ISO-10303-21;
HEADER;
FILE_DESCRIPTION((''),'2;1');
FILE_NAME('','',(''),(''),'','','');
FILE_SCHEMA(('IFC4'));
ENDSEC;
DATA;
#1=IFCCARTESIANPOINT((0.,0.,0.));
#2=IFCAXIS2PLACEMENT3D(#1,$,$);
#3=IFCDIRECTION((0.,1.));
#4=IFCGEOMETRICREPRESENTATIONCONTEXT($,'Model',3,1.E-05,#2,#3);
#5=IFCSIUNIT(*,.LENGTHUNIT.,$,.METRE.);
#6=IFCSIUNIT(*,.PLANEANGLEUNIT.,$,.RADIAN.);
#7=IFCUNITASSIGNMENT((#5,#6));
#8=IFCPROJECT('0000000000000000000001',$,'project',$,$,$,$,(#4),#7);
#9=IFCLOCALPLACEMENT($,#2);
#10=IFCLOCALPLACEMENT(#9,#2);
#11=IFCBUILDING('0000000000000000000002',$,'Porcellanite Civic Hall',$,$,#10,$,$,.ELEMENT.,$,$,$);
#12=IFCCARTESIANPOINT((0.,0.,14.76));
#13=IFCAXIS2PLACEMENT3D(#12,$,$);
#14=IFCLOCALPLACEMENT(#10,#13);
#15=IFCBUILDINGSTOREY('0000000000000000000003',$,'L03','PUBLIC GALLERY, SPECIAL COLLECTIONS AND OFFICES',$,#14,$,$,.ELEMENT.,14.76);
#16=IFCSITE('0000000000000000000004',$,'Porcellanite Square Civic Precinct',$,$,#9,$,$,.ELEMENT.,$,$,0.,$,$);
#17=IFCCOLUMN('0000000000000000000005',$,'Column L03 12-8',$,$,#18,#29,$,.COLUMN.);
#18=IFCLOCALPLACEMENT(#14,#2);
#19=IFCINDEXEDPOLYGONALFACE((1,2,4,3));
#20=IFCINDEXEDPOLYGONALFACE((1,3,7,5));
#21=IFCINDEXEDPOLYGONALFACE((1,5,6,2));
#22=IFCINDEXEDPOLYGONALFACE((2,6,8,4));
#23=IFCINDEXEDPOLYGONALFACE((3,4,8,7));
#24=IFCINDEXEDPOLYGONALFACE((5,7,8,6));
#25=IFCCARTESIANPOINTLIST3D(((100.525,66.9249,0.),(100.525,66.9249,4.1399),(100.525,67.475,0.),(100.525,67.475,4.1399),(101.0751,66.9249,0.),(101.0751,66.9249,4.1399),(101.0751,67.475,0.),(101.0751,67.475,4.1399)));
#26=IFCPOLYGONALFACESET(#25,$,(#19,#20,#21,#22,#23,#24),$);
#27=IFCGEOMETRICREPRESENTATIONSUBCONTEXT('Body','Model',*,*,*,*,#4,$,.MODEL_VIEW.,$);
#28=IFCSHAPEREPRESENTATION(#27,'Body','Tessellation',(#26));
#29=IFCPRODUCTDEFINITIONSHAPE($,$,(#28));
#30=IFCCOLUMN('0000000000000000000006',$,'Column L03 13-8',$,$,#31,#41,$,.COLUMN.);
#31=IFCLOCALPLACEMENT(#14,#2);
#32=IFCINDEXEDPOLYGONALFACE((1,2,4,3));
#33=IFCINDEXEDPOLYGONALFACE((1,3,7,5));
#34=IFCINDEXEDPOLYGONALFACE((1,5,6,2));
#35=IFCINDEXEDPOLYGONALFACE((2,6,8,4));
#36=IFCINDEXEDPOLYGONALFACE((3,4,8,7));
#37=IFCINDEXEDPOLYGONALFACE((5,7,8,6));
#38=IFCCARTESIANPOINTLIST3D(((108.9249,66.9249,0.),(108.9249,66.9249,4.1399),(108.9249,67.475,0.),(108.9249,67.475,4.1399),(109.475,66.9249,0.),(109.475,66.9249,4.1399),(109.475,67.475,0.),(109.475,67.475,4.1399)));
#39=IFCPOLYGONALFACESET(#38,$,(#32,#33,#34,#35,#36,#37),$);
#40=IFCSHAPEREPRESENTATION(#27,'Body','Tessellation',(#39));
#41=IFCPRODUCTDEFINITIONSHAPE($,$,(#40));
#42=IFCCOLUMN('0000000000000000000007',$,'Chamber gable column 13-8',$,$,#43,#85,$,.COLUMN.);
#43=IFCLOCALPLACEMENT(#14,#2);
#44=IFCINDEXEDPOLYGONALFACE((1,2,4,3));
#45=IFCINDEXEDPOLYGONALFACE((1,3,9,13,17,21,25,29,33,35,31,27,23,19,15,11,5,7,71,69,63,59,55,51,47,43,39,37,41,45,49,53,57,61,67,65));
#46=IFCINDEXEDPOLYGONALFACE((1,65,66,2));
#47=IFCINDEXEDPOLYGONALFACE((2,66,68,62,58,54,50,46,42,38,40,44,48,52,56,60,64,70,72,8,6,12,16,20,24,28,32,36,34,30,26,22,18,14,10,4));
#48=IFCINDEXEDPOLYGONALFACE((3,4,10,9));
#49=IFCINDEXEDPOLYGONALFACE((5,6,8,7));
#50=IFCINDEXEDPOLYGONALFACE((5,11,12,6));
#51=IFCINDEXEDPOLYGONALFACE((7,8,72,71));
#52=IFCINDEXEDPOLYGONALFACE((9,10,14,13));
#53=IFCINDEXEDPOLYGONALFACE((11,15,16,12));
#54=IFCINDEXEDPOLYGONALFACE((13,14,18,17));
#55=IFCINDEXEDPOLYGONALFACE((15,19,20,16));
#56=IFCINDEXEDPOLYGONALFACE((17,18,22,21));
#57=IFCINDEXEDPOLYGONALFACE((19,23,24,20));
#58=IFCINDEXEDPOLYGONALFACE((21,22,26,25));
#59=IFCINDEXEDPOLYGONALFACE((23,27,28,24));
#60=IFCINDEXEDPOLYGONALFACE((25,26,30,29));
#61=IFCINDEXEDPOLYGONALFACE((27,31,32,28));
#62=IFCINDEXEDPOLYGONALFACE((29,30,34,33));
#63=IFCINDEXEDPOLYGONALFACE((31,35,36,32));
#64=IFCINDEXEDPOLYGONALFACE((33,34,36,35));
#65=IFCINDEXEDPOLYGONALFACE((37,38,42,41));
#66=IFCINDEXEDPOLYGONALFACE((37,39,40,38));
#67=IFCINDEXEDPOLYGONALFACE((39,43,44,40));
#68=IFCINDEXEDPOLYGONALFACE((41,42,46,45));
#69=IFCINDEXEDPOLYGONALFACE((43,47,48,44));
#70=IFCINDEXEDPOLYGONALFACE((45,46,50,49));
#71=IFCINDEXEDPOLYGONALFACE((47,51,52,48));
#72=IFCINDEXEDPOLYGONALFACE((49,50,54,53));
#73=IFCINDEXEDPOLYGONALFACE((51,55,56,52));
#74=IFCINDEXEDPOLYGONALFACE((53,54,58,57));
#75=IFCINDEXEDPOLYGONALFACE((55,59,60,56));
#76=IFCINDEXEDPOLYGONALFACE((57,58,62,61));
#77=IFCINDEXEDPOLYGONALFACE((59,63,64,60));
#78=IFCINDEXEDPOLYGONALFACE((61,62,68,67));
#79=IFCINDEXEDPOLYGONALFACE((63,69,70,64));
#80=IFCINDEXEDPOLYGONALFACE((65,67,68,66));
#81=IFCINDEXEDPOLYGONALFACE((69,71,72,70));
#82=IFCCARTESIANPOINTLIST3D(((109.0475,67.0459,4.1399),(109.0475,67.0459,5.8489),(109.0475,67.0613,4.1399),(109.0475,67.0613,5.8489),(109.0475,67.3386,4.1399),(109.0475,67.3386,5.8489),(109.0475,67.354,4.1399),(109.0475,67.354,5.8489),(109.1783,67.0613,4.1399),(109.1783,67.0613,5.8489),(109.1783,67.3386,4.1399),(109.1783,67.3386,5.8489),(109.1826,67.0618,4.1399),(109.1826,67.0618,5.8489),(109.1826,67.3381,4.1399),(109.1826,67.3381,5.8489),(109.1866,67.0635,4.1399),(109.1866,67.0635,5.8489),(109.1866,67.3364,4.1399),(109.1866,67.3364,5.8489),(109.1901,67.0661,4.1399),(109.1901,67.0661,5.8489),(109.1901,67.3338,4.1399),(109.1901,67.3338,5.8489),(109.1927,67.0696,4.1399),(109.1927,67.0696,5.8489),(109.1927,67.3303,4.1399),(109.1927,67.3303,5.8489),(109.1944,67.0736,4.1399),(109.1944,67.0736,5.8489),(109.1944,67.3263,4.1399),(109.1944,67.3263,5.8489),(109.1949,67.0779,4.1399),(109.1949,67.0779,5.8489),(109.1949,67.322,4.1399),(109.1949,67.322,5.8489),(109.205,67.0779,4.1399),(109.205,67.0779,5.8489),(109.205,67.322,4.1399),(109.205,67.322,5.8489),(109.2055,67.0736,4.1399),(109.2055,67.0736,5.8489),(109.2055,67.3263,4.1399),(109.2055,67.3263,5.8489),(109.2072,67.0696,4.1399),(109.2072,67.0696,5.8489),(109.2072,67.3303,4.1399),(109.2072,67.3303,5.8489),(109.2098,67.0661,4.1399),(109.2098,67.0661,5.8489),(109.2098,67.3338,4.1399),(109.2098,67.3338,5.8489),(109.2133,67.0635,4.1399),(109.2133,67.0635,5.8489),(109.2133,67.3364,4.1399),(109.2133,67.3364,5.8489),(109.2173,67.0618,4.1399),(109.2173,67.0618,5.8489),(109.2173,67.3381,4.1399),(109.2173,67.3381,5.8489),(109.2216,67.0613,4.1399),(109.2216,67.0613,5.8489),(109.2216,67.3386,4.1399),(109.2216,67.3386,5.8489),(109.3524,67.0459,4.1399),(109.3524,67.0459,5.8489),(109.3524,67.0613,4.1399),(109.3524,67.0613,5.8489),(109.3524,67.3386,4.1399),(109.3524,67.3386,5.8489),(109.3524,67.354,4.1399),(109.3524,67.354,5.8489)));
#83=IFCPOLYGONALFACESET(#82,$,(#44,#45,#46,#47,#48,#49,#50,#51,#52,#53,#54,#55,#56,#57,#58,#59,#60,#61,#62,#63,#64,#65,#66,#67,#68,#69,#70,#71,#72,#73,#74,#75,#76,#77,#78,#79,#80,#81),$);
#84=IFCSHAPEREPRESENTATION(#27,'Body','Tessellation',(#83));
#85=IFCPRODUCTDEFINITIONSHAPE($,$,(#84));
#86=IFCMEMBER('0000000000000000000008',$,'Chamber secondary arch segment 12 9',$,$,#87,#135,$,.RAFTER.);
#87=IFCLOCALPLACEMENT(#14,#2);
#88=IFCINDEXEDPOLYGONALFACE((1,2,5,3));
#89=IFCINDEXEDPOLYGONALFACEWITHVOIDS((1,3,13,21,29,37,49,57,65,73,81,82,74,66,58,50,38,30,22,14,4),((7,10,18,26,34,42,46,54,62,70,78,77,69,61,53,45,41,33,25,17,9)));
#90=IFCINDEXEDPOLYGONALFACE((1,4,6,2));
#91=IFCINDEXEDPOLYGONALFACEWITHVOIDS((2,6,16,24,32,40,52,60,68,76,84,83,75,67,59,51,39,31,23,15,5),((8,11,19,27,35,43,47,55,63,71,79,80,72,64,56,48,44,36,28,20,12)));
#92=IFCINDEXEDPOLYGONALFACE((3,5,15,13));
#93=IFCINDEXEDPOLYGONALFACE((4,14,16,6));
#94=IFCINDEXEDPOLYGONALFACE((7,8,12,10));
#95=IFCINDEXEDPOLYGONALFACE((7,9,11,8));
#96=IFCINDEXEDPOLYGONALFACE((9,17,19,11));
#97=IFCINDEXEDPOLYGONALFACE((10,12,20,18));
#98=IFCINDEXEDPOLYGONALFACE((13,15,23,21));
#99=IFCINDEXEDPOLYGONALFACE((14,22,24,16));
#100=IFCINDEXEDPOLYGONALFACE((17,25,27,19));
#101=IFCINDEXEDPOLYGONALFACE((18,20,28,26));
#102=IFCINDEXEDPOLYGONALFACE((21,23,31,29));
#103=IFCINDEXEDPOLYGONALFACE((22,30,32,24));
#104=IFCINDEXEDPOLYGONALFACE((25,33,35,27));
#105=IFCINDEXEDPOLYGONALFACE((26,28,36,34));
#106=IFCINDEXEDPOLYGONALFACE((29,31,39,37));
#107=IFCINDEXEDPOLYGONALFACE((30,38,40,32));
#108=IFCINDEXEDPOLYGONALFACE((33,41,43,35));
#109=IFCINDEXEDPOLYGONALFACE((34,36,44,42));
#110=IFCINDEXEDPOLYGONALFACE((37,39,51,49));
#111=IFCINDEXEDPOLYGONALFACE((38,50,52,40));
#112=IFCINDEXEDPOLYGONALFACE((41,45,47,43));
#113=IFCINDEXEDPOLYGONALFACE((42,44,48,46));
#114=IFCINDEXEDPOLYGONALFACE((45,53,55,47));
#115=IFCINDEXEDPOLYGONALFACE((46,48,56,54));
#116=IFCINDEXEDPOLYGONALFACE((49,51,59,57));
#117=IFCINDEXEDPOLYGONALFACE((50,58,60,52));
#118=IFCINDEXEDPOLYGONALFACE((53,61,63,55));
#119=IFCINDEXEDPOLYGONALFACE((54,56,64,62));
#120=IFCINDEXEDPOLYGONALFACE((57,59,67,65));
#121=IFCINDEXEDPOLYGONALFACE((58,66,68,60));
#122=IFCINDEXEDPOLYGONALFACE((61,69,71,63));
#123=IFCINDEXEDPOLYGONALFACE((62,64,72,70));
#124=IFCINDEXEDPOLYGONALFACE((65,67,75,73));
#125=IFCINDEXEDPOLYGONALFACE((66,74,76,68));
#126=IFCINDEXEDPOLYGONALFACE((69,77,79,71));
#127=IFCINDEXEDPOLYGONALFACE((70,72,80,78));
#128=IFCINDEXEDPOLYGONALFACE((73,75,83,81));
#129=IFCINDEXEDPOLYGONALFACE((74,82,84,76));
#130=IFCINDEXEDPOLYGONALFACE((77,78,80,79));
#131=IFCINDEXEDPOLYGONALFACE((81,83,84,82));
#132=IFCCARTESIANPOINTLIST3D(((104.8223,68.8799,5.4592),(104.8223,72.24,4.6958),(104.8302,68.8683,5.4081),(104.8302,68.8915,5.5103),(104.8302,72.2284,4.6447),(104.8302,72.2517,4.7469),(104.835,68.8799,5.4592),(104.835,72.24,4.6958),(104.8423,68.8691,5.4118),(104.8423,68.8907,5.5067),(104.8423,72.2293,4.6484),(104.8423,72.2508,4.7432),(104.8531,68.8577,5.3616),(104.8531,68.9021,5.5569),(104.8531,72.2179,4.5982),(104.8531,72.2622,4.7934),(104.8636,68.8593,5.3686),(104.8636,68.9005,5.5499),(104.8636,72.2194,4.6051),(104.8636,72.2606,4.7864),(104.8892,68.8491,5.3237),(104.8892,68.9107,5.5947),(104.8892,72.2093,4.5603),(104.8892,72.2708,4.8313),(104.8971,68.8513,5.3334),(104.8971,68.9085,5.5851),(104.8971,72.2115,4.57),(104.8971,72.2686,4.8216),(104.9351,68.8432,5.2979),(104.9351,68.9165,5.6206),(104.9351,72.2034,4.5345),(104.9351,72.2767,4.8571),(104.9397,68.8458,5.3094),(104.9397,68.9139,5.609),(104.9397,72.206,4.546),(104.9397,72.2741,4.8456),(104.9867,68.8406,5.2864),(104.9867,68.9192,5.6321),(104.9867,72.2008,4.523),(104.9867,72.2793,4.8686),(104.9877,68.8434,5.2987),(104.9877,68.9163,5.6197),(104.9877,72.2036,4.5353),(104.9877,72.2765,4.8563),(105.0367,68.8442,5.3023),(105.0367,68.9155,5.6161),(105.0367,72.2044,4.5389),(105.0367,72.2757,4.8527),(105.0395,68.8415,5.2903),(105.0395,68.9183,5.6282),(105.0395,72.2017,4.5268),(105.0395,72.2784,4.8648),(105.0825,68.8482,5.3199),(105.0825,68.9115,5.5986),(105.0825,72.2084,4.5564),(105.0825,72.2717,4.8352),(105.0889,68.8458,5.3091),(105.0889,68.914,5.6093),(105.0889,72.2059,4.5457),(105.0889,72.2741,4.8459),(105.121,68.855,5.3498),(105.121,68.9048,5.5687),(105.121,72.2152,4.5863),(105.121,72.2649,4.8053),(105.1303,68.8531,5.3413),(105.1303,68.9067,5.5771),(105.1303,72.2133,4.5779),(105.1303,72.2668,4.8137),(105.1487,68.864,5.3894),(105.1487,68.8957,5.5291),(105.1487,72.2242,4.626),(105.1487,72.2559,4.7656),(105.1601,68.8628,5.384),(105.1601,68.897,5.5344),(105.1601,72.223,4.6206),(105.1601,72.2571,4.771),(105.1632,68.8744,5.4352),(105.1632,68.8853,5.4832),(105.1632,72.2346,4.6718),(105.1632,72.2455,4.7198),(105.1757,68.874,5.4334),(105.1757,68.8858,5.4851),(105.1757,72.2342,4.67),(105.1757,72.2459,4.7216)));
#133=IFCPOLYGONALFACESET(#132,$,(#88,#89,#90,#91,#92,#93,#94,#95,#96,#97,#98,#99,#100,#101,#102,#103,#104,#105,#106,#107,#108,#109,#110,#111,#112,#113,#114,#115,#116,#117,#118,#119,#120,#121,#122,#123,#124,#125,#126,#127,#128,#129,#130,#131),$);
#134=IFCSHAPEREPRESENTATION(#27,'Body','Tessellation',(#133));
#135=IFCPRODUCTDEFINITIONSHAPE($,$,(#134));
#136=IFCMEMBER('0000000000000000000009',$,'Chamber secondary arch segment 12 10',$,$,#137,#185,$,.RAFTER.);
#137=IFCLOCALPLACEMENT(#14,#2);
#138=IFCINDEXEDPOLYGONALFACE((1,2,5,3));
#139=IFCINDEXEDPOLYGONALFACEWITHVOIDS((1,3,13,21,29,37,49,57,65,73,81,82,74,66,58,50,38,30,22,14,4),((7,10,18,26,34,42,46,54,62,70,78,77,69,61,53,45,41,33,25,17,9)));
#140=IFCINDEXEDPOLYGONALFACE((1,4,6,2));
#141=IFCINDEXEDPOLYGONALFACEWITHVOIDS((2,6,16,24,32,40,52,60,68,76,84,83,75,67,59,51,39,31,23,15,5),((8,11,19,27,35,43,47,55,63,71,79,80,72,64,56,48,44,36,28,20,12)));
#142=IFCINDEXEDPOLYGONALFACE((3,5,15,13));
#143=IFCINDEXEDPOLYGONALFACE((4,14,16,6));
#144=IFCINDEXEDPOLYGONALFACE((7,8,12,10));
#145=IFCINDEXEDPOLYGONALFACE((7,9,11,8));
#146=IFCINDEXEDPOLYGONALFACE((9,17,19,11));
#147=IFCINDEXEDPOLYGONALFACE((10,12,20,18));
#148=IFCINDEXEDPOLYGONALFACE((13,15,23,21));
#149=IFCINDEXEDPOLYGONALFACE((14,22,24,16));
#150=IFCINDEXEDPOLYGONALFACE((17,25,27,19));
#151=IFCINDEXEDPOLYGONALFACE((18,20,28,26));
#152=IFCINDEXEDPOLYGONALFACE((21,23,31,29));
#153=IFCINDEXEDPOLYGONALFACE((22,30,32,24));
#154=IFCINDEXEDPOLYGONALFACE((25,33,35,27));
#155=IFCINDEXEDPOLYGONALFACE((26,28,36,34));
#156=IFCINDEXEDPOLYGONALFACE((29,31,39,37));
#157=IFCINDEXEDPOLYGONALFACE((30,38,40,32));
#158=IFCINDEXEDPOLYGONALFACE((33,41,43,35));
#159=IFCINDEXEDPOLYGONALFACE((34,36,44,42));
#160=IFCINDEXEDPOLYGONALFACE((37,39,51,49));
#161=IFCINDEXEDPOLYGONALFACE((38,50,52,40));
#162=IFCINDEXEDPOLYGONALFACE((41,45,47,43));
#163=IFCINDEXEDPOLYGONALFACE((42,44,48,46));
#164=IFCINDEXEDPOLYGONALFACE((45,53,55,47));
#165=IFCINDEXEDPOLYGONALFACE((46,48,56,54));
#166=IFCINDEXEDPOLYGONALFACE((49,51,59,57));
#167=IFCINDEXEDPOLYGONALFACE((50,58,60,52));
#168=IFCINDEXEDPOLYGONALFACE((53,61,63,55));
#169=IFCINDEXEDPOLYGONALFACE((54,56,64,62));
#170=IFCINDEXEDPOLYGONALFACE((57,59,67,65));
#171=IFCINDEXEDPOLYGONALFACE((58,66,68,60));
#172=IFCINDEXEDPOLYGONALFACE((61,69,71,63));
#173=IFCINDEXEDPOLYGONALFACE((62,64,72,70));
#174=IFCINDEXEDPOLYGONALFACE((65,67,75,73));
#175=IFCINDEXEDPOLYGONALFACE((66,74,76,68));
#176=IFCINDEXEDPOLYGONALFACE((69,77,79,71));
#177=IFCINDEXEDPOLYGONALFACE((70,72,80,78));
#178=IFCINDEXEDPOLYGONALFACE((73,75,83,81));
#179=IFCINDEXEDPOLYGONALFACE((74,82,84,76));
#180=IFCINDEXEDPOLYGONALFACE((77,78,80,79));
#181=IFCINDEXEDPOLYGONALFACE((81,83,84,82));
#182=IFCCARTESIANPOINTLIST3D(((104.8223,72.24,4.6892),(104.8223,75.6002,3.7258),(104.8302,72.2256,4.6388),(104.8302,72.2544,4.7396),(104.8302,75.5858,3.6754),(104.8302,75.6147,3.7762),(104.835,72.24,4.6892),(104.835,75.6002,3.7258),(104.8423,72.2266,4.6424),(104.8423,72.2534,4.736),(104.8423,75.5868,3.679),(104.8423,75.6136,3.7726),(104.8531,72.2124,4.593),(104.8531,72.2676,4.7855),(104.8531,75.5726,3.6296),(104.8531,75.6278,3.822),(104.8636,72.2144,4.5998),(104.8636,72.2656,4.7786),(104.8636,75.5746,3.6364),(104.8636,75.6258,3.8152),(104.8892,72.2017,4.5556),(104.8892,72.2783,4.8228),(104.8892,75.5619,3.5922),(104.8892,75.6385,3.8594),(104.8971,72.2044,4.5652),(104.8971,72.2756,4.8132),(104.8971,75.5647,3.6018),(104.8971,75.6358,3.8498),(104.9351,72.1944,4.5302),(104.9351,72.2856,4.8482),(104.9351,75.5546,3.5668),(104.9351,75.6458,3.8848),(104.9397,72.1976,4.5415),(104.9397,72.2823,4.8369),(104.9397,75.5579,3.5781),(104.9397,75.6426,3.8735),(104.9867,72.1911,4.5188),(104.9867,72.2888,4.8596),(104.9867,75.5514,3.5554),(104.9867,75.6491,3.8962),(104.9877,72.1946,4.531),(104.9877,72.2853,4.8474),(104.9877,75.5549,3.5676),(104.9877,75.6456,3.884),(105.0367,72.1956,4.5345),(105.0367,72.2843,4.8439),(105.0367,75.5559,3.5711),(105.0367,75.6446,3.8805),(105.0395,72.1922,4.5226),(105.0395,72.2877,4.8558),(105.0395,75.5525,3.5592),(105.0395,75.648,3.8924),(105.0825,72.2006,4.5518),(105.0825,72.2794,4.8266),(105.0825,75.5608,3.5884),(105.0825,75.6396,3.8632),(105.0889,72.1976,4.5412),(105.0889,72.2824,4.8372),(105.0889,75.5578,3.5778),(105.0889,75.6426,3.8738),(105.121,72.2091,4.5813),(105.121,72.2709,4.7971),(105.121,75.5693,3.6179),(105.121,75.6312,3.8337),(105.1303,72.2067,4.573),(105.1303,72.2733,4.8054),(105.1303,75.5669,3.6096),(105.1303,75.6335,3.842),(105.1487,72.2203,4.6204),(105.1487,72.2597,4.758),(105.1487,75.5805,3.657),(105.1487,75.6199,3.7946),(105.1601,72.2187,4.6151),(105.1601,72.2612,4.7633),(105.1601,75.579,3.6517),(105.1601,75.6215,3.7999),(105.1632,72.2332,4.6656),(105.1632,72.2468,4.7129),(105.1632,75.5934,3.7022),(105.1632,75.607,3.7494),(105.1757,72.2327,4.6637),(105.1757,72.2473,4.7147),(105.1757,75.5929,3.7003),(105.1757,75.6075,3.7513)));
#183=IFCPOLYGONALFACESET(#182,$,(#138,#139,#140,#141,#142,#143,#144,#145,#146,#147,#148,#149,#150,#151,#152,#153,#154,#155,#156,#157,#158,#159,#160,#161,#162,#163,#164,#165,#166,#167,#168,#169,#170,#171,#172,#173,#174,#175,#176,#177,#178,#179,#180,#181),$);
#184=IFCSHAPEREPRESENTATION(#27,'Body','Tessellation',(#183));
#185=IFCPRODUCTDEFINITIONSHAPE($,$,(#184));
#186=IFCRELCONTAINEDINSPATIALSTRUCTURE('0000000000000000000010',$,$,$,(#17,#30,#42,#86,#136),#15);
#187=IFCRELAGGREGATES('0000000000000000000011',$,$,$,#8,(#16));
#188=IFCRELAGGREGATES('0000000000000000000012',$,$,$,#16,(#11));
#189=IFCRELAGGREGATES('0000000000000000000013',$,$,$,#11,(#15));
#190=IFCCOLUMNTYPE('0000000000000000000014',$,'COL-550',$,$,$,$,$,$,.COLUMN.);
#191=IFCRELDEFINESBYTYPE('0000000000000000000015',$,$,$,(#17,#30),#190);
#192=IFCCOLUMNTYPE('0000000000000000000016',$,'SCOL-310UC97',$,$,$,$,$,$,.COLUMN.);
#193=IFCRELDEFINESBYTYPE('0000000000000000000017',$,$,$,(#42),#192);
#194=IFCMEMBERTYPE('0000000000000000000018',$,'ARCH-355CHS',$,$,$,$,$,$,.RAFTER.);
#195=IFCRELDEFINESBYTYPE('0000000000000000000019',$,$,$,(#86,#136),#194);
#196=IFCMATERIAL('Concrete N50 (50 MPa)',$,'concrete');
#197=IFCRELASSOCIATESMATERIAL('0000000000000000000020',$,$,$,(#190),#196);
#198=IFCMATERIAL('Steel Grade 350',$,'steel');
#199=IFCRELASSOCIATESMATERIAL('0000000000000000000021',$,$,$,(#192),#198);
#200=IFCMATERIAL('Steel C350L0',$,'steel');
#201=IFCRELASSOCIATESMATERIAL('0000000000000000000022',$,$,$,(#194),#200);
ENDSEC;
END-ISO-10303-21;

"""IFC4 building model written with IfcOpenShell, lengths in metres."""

from ifc_helpers import new_model, si_unit, direction, frame, origin, origin_2d, place, context, subcontext, project, spatial, rectangle, hollow_circle, i_section, extrude, material, material_profile, profile_set, type_object, element, save


model = new_model("IFC4")

# Units and contexts
model_context = context("Model", 3, precision=1e-05, world=origin(), true_north=direction((0.0, 1.0)))
body_context = subcontext(model_context, "Body", "Model", "MODEL_VIEW")
ifc_project = project(units=[si_unit("LENGTHUNIT", "METRE"), si_unit("PLANEANGLEUNIT", "RADIAN")], contexts=[model_context])

# Site, building, storey
site_placement = place(None, origin())
site = spatial("IfcSite", under=ifc_project, at=site_placement, Name="Porcellanite Square Civic Precinct", CompositionType="ELEMENT", RefElevation=0.0)
building_placement = place(site_placement, origin())
building = spatial("IfcBuilding", under=site, at=building_placement, Name="Porcellanite Civic Hall", CompositionType="ELEMENT")
storey_placement = place(building_placement, frame((0.0, 0.0, 14.76)))
storey = spatial("IfcBuildingStorey", under=building, at=storey_placement, Name="L03", Description="PUBLIC GALLERY, SPECIAL COLLECTIONS AND OFFICES", CompositionType="ELEMENT", Elevation=14.76)

# Columns
ifc_material_1 = material(Name="Concrete N50 (50 MPa)", Category="concrete")
ifc_material_profile_1 = material_profile(ifc_material_1, rectangle(XDim=0.55, YDim=0.55, at=origin_2d()), Name="RC-550x550")
ifc_profile_set_1 = profile_set([ifc_material_profile_1], Name="Concrete N50 (50 MPa)")
column_type_1 = type_object("IfcColumnType", Name="COL-550", PredefinedType="COLUMN", material=ifc_profile_set_1)
for number, where, z_axis, x_axis, name in (
    (1, (100.8, 67.2, 0.0), (0.0, 0.0, 1.0), (1.0, 0.0, 0.0), "Column L03 12-8"),
    (2, (109.2, 67.2, 0.0), (0.0, 0.0, 1.0), (1.0, 0.0, 0.0), "Column L03 13-8"),
):
    element("IfcColumn", number, at=place(storey_placement, frame(where, z_axis=z_axis, x_axis=x_axis)), inside=storey, type_object=column_type_1, Name=name, PredefinedType="COLUMN", context=body_context, shape_type="SweptSolid", body=[
        extrude(rectangle(XDim=0.55, YDim=0.55, at=origin_2d()), origin(), (0.0, 0.0, 1.0), 4.1399),
    ])
ifc_material_2 = material(Name="Steel Grade 350", Category="steel")
ifc_material_profile_2 = material_profile(ifc_material_2, i_section(OverallWidth=0.3049, OverallDepth=0.3081, WebThickness=0.01, FlangeThickness=0.0154, FilletRadius=0.0166, at=origin_2d()), Name="310UC96.8")
ifc_profile_set_2 = profile_set([ifc_material_profile_2], Name="Steel Grade 350")
column_type_2 = type_object("IfcColumnType", Name="SCOL-310UC97", PredefinedType="COLUMN", material=ifc_profile_set_2)
column_placement = place(storey_placement, frame((109.2, 67.2, 4.1399), z_axis=(0.0, 0.0, 1.0), x_axis=(1.0, 0.0, 0.0)))
element("IfcColumn", 3, at=column_placement, inside=storey, type_object=column_type_2, Name="Chamber gable column 13-8", PredefinedType="COLUMN", context=body_context, shape_type="SweptSolid", body=[
    extrude(i_section(OverallWidth=0.3049, OverallDepth=0.3081, WebThickness=0.01, FlangeThickness=0.0154, FilletRadius=0.0166, at=origin_2d()), origin(), (0.0, 0.0, 1.0), 1.709),
])

# Members
ifc_material_3 = material(Name="Steel C350L0", Category="steel")
ifc_material_profile_3 = material_profile(ifc_material_3, hollow_circle(Radius=0.1777, WallThickness=0.0127, at=origin_2d()), Name="355.6x12.7CHS")
ifc_profile_set_3 = profile_set([ifc_material_profile_3], Name="Steel C350L0")
member_type_1 = type_object("IfcMemberType", Name="ARCH-355CHS", PredefinedType="RAFTER", material=ifc_profile_set_3)
member_1_placement = place(storey_placement, frame((105.0, 68.8799, 5.4592), z_axis=(0.0, 0.975147, -0.221557), x_axis=(-1.0, 0.0, 0.0)))
element("IfcMember", 4, at=member_1_placement, inside=storey, type_object=member_type_1, Name="Chamber secondary arch segment 12 9", PredefinedType="RAFTER", context=body_context, shape_type="SweptSolid", body=[
    extrude(hollow_circle(Radius=0.1777, WallThickness=0.0127, at=origin_2d()), origin(), (0.0, 0.0, 1.0), 3.4458),
])
member_2_placement = place(storey_placement, frame((105.0, 72.24, 4.6892), z_axis=(0.0, 0.961271, -0.275607), x_axis=(-1.0, 0.0, 0.0)))
element("IfcMember", 5, at=member_2_placement, inside=storey, type_object=member_type_1, Name="Chamber secondary arch segment 12 10", PredefinedType="RAFTER", context=body_context, shape_type="SweptSolid", body=[
    extrude(hollow_circle(Radius=0.1777, WallThickness=0.0127, at=origin_2d()), origin(), (0.0, 0.0, 1.0), 3.4956),
])

save(model, "model.ifc")
